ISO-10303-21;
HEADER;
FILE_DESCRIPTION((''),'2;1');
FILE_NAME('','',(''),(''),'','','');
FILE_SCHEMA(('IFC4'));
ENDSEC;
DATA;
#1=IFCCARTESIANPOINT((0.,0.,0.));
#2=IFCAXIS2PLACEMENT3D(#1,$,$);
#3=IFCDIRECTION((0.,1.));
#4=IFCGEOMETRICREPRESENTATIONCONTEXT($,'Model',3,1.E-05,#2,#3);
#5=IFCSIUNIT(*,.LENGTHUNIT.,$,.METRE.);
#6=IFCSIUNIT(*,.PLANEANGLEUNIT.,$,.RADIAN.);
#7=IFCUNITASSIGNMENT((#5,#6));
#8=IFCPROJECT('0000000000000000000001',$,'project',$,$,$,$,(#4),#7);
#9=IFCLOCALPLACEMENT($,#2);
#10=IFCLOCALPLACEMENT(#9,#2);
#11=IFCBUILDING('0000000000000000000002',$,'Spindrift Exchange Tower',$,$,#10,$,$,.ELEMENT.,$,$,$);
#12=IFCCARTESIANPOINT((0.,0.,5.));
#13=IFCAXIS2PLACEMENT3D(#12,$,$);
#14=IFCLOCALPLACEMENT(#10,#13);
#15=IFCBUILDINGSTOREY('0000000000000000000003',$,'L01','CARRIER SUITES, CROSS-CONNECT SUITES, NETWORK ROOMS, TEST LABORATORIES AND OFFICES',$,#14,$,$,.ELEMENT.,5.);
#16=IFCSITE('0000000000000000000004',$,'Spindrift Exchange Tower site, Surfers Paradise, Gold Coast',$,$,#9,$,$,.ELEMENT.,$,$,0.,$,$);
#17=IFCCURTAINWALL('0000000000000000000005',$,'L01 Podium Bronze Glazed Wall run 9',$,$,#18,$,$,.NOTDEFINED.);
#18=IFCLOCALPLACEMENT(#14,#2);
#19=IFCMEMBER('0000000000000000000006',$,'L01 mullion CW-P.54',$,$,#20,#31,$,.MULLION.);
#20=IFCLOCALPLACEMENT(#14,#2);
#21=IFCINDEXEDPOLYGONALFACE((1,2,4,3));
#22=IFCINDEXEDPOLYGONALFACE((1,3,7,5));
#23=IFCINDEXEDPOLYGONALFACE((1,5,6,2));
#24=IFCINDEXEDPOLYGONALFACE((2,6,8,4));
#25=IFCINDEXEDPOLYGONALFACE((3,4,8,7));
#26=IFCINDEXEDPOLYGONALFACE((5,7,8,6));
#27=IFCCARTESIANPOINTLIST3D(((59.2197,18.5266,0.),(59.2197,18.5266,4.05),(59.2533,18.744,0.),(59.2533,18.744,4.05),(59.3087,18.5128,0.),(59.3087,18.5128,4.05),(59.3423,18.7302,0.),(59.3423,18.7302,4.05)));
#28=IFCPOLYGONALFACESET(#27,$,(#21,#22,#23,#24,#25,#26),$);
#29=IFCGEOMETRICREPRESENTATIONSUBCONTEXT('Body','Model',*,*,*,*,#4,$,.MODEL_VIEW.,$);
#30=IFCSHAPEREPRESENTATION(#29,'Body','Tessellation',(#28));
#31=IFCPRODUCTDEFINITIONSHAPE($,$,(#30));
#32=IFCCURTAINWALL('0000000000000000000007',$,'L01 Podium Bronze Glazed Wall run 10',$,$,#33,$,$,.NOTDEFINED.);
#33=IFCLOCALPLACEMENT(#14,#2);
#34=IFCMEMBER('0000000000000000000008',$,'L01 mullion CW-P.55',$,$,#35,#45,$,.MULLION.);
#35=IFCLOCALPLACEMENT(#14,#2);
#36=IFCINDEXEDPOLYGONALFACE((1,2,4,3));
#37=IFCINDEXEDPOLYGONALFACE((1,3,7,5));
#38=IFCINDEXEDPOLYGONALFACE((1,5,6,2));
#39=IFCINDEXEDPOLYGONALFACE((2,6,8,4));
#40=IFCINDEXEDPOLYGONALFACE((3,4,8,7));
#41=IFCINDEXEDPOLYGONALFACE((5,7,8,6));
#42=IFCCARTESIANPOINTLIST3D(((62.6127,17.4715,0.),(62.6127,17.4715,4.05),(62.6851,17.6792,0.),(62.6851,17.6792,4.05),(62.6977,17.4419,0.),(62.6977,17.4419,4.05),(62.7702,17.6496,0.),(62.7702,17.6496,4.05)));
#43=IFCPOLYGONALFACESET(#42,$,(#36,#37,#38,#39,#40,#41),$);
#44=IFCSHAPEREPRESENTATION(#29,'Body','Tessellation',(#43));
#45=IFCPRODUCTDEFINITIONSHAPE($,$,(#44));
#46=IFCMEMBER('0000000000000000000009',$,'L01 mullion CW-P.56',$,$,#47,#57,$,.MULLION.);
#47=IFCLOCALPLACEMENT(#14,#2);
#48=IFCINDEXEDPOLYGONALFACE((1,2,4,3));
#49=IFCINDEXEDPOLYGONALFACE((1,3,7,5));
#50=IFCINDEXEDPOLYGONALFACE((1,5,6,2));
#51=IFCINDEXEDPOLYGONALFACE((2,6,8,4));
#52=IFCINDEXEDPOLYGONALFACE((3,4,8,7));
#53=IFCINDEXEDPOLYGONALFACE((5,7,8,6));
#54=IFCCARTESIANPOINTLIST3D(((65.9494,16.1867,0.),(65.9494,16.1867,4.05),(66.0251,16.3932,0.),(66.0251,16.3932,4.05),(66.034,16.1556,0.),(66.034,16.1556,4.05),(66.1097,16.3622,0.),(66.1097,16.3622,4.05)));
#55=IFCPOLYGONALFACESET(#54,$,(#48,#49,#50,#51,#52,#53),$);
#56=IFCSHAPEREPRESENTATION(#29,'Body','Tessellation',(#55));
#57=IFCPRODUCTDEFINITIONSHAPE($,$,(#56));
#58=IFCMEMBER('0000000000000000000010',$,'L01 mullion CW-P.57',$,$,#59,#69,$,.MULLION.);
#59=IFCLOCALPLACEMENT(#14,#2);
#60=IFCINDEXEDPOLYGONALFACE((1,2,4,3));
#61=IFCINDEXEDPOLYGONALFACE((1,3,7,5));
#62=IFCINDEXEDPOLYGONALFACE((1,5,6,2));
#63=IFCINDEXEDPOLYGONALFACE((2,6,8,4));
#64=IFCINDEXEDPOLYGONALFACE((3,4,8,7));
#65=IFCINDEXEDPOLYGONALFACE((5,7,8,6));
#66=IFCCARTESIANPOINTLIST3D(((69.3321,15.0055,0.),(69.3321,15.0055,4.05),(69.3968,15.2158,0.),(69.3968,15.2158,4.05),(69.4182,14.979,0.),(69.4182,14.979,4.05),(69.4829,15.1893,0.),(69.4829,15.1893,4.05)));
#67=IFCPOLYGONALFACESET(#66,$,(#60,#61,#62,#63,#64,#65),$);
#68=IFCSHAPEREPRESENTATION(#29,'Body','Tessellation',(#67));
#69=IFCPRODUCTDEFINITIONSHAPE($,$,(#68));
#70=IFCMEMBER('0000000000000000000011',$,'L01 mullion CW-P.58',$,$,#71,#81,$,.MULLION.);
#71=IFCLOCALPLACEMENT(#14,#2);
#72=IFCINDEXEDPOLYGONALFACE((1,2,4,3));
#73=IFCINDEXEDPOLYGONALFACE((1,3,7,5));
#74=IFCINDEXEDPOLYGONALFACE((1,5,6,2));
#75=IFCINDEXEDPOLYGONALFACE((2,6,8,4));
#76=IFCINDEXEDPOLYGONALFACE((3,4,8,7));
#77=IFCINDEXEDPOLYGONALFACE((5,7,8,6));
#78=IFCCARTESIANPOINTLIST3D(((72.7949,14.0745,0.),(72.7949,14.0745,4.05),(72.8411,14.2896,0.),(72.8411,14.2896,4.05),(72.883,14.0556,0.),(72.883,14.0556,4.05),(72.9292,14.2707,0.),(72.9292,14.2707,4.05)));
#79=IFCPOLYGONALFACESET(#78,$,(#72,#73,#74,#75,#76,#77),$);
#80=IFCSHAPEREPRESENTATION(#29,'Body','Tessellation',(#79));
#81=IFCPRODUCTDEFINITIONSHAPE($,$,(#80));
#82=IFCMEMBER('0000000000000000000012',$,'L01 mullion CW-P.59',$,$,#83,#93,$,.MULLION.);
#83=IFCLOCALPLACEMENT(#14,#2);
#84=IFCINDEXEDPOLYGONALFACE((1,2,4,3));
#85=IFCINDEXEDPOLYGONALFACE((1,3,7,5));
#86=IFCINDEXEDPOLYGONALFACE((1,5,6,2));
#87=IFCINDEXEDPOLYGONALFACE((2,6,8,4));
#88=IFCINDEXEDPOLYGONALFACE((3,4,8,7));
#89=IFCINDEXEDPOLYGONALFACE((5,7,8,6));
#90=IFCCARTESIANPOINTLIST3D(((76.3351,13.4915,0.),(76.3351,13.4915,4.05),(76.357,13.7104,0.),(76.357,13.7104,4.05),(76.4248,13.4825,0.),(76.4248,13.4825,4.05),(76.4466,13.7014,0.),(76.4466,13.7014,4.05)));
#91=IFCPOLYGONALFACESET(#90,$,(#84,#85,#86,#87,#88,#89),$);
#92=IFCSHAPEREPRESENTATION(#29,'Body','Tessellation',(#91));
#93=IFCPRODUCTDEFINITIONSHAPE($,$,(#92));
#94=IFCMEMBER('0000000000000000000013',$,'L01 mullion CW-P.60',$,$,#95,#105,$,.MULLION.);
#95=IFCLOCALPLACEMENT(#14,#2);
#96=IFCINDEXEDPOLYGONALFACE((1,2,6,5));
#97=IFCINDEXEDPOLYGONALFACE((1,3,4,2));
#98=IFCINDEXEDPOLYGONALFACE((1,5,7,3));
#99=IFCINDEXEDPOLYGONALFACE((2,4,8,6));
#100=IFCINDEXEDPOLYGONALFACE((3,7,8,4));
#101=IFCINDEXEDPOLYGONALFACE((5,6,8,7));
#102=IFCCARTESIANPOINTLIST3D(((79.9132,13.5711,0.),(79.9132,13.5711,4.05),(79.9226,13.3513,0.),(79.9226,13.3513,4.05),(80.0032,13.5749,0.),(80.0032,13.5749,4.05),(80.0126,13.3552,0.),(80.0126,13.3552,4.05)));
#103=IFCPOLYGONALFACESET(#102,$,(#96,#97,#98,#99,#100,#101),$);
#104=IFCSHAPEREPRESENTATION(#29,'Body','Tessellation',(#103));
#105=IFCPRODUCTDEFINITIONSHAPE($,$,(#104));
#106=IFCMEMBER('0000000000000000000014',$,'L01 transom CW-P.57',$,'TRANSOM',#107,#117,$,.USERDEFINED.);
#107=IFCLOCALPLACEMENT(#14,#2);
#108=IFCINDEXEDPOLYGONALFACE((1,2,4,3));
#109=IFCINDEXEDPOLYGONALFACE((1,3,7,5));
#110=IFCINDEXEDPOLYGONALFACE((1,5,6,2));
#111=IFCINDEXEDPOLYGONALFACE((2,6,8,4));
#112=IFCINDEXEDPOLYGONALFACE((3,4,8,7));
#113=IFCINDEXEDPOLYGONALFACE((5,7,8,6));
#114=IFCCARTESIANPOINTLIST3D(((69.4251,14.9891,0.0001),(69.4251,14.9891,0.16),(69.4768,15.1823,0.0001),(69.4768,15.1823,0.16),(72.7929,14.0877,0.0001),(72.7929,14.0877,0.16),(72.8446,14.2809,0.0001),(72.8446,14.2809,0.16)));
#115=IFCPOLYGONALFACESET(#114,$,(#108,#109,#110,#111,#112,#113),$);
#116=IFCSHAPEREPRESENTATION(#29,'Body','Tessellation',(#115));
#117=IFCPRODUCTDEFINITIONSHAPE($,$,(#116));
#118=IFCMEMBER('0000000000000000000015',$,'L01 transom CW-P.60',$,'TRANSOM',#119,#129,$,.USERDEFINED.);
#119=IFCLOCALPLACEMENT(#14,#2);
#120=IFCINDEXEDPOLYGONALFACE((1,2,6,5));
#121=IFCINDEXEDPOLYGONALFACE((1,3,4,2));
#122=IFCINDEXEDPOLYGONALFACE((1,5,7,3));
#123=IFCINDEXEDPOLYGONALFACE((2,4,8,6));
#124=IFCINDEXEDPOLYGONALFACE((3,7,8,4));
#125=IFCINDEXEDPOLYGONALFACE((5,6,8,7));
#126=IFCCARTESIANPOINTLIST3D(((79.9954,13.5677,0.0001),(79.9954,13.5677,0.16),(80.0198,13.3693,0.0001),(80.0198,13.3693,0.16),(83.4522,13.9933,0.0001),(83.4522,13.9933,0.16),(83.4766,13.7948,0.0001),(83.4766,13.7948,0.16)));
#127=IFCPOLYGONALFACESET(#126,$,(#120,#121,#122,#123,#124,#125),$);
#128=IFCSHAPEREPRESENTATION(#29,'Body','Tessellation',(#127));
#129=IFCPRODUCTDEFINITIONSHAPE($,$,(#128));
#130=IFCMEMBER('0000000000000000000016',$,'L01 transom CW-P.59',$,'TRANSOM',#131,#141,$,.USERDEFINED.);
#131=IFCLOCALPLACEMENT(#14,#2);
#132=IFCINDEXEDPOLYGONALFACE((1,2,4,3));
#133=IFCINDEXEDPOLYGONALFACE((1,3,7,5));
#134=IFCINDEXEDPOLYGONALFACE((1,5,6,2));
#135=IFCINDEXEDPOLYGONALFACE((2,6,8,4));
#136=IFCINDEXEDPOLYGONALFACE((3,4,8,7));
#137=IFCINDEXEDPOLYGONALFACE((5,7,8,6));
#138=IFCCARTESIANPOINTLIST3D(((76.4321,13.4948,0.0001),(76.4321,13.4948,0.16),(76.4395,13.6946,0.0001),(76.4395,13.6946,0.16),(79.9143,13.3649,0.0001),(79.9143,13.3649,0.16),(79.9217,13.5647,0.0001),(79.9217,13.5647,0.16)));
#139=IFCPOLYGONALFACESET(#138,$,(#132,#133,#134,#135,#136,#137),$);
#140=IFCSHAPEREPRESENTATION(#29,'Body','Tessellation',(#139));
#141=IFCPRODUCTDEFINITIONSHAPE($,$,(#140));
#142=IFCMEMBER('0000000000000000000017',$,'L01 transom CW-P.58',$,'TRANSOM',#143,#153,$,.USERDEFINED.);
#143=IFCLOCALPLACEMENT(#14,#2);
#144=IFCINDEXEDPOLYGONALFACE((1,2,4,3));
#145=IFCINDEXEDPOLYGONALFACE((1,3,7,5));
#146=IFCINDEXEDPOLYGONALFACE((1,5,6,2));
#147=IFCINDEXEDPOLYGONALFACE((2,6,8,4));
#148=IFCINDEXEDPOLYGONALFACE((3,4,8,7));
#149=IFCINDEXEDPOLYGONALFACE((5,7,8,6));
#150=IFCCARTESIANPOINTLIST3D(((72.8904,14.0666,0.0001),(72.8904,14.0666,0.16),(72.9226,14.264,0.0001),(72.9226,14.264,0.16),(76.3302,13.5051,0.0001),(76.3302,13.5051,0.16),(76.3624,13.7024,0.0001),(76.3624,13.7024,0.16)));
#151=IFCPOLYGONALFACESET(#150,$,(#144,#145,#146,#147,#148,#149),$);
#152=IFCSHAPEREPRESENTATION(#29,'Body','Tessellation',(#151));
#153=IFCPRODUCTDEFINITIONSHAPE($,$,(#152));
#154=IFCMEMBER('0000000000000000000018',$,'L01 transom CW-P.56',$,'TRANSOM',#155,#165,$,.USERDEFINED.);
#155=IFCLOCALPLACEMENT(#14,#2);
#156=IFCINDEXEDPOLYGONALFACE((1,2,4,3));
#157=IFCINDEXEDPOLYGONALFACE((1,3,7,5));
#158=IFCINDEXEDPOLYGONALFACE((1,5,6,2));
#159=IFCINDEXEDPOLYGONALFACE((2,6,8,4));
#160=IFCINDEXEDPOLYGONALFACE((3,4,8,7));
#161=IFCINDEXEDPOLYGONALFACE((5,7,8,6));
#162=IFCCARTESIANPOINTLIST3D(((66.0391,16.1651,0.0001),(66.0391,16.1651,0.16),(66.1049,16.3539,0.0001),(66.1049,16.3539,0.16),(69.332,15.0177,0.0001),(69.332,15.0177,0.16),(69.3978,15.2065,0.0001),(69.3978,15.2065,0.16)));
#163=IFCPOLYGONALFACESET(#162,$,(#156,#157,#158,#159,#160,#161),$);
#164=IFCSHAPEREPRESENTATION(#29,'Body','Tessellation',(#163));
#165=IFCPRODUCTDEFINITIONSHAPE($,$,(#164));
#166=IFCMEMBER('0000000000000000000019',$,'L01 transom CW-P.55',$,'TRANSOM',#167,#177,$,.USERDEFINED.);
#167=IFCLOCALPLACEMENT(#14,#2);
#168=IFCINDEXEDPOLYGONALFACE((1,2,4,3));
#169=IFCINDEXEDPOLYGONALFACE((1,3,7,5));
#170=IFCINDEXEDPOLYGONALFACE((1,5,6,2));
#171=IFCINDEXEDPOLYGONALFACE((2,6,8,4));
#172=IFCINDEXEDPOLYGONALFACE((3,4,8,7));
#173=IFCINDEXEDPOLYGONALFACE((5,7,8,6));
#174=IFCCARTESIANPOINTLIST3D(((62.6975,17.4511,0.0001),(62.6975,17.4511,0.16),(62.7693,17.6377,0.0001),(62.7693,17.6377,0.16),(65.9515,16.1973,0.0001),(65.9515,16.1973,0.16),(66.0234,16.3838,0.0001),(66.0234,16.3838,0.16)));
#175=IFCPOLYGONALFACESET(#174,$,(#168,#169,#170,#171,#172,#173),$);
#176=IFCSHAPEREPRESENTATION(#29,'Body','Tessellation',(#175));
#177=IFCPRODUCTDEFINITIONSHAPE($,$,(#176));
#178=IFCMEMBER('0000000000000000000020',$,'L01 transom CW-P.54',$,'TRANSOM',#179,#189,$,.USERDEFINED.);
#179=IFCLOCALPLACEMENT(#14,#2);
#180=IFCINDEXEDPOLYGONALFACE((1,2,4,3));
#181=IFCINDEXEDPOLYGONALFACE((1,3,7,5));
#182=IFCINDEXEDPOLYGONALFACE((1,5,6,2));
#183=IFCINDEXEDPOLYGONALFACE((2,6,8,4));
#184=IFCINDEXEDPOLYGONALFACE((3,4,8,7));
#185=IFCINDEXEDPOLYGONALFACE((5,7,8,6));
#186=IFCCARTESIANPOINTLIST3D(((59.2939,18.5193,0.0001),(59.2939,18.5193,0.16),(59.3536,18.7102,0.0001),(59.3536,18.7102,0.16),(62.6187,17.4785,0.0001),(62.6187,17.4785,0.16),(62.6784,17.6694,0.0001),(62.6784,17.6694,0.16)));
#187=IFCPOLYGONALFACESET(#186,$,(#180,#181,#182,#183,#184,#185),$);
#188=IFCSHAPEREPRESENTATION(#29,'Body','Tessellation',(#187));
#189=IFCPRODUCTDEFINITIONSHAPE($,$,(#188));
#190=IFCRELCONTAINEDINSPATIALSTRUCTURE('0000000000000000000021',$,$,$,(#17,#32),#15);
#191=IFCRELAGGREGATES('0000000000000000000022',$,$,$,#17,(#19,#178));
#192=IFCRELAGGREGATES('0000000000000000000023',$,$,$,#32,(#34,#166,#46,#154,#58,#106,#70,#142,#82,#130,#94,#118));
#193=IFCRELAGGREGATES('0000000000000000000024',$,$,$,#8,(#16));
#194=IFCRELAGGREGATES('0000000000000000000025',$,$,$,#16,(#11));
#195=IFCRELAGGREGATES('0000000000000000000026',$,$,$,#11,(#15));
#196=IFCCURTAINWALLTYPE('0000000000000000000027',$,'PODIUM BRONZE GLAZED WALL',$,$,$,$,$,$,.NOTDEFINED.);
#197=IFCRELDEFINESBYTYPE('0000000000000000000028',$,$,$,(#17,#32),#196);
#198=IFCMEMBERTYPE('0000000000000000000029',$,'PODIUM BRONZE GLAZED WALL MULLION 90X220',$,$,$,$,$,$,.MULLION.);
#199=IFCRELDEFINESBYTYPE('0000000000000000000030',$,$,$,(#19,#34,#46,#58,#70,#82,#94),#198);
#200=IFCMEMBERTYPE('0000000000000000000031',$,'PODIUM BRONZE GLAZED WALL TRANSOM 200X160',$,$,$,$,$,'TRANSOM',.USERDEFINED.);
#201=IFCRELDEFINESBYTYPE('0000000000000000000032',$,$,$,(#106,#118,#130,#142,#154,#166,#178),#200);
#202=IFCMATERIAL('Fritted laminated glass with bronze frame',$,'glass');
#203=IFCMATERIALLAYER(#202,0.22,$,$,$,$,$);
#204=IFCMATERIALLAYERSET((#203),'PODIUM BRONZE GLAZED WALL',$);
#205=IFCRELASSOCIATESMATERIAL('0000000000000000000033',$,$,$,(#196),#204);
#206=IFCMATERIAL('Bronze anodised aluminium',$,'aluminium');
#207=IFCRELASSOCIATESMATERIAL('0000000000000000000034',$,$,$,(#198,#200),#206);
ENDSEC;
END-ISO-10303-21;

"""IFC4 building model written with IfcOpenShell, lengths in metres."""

from ifc_helpers import new_model, si_unit, direction, frame, origin, origin_2d, place, context, subcontext, project, spatial, rectangle, extrude, source, transform, mapped, material, layer, layer_set, material_profile, profile_set, type_object, element, aggregate, save


model = new_model("IFC4")

# Units and contexts
model_context = context("Model", 3, precision=1e-05, world=origin(), true_north=direction((0.0, 1.0)))
body_context = subcontext(model_context, "Body", "Model", "MODEL_VIEW")
ifc_project = project(units=[si_unit("LENGTHUNIT", "METRE"), si_unit("PLANEANGLEUNIT", "RADIAN")], contexts=[model_context])

# Site, building, storey
site_placement = place(None, origin())
site = spatial("IfcSite", under=ifc_project, at=site_placement, Name="Spindrift Exchange Tower site, Surfers Paradise, Gold Coast", CompositionType="ELEMENT", RefElevation=0.0)
building_placement = place(site_placement, origin())
building = spatial("IfcBuilding", under=site, at=building_placement, Name="Spindrift Exchange Tower", CompositionType="ELEMENT")
storey_placement = place(building_placement, frame((0.0, 0.0, 5.0)))
storey = spatial("IfcBuildingStorey", under=building, at=storey_placement, Name="L01", Description="CARRIER SUITES, CROSS-CONNECT SUITES, NETWORK ROOMS, TEST LABORATORIES AND OFFICES", CompositionType="ELEMENT", Elevation=5.0)

# Curtain wall, member
ifc_material_1 = material(Name="Fritted laminated glass with bronze frame", Category="glass")
ifc_layer_1 = layer(ifc_material_1, 0.22)
ifc_layer_set_1 = layer_set([ifc_layer_1], Name="PODIUM BRONZE GLAZED WALL")
curtain_wall_type = type_object("IfcCurtainWallType", Name="PODIUM BRONZE GLAZED WALL", PredefinedType="NOTDEFINED", material=ifc_layer_set_1)
curtain_wall_1_placement = place(storey_placement, origin())
curtain_wall_1 = element("IfcCurtainWall", 1, at=curtain_wall_1_placement, inside=storey, type_object=curtain_wall_type, Name="L01 Podium Bronze Glazed Wall run 9", PredefinedType="NOTDEFINED")
ifc_material_2 = material(Name="Bronze anodised aluminium", Category="aluminium")
ifc_material_profile_1 = material_profile(ifc_material_2, rectangle(XDim=0.0901, YDim=0.22, at=origin_2d()), Name="PODIUM BRONZE GLAZED WALL MULLION 90X220")
ifc_profile_set_1 = profile_set([ifc_material_profile_1], Name="Bronze anodised aluminium")
member_type_1 = type_object("IfcMemberType", Name="PODIUM BRONZE GLAZED WALL MULLION 90X220", PredefinedType="MULLION", material=ifc_profile_set_1)
shared_shape_1 = source(origin(), body_context, "Body", "SweptSolid", [
    extrude(rectangle(XDim=0.0901, YDim=0.22, at=origin_2d()), origin(), (0.0, 0.0, 1.0), 4.05),
])
member_1_placement = place(storey_placement, frame((59.281, 18.6284, 0.0), z_axis=(0.0, 0.0, 1.0), x_axis=(0.988272, -0.152704, 0.0)))
member_1 = element("IfcMember", 2, at=member_1_placement, type_object=member_type_1, Name="L01 mullion CW-P.54", PredefinedType="MULLION", context=body_context, shape_type="MappedRepresentation", body=[
    mapped(shared_shape_1, transform((0.0, 0.0, 0.0), scale=1.0)),
])

# Curtain wall, members
curtain_wall_2_placement = place(storey_placement, origin())
curtain_wall_2 = element("IfcCurtainWall", 3, at=curtain_wall_2_placement, inside=storey, type_object=curtain_wall_type, Name="L01 Podium Bronze Glazed Wall run 10", PredefinedType="NOTDEFINED")
member_2_placement = place(storey_placement, frame((62.6914, 17.5605, 0.0), z_axis=(0.0, 0.0, 1.0), x_axis=(0.944215, -0.329331, 0.0)))
member_2 = element("IfcMember", 4, at=member_2_placement, type_object=member_type_1, Name="L01 mullion CW-P.55", PredefinedType="MULLION", context=body_context, shape_type="MappedRepresentation", body=[
    mapped(shared_shape_1, transform((0.0, 0.0, 0.0), scale=1.0)),
])
member_3_placement = place(storey_placement, frame((66.0295, 16.2744, 0.0), z_axis=(0.0, 0.0, 1.0), x_axis=(0.938844, -0.344343, 0.0)))
member_3 = element("IfcMember", 5, at=member_3_placement, type_object=member_type_1, Name="L01 mullion CW-P.56", PredefinedType="MULLION", context=body_context, shape_type="MappedRepresentation", body=[
    mapped(shared_shape_1, transform((0.0, 0.0, 0.0), scale=1.0)),
])
member_4_placement = place(storey_placement, frame((69.4075, 15.0974, 0.0), z_axis=(0.0, 0.0, 1.0), x_axis=(0.955804, -0.294005, 0.0)))
member_4 = element("IfcMember", 6, at=member_4_placement, type_object=member_type_1, Name="L01 mullion CW-P.57", PredefinedType="MULLION", context=body_context, shape_type="MappedRepresentation", body=[
    mapped(shared_shape_1, transform((0.0, 0.0, 0.0), scale=1.0)),
])
member_5_placement = place(storey_placement, frame((72.8621, 14.1726, 0.0), z_axis=(0.0, 0.0, 1.0), x_axis=(0.977679, -0.210106, 0.0)))
member_5 = element("IfcMember", 7, at=member_5_placement, type_object=member_type_1, Name="L01 mullion CW-P.58", PredefinedType="MULLION", context=body_context, shape_type="MappedRepresentation", body=[
    mapped(shared_shape_1, transform((0.0, 0.0, 0.0), scale=1.0)),
])
member_6_placement = place(storey_placement, frame((76.3909, 13.5964, 0.0), z_axis=(0.0, 0.0, 1.0), x_axis=(0.995046, -0.099416, 0.0)))
member_6 = element("IfcMember", 8, at=member_6_placement, type_object=member_type_1, Name="L01 mullion CW-P.59", PredefinedType="MULLION", context=body_context, shape_type="MappedRepresentation", body=[
    mapped(shared_shape_1, transform((0.0, 0.0, 0.0), scale=1.0)),
])
member_7_placement = place(storey_placement, frame((79.9629, 13.4631, 0.0), z_axis=(0.0, 0.0, 1.0), x_axis=(0.999094, 0.042563, 0.0)))
member_7 = element("IfcMember", 9, at=member_7_placement, type_object=member_type_1, Name="L01 mullion CW-P.60", PredefinedType="MULLION", context=body_context, shape_type="MappedRepresentation", body=[
    mapped(shared_shape_1, transform((0.0, 0.0, 0.0), scale=1.0)),
])
ifc_material_profile_2 = material_profile(ifc_material_2, rectangle(XDim=0.2, YDim=0.1599, at=origin_2d()), Name="PODIUM BRONZE GLAZED WALL TRANSOM 200X160")
ifc_profile_set_2 = profile_set([ifc_material_profile_2], Name="Bronze anodised aluminium")
member_type_2 = type_object("IfcMemberType", Name="PODIUM BRONZE GLAZED WALL TRANSOM 200X160", ElementType="TRANSOM", PredefinedType="USERDEFINED", material=ifc_profile_set_2)
shared_shape_2 = source(origin(), body_context, "Body", "SweptSolid", [
    extrude(rectangle(XDim=0.2, YDim=0.1599, at=origin_2d()), origin(), (0.0, 0.0, 1.0), 3.4863),
])
member_8_placement = place(storey_placement, frame((69.4509, 15.0857, 0.0801), z_axis=(0.965997, -0.258552, 0.0), x_axis=(0.258552, 0.965997, 0.0)))
member_8 = element("IfcMember", 10, at=member_8_placement, type_object=member_type_2, Name="L01 transom CW-P.57", ObjectType="TRANSOM", PredefinedType="USERDEFINED", context=body_context, shape_type="MappedRepresentation", body=[
    mapped(shared_shape_2, transform((0.0, 0.0, 0.0), scale=1.0)),
])
shared_shape_3 = source(origin(), body_context, "Body", "SweptSolid", [
    extrude(rectangle(XDim=0.2, YDim=0.1599, at=origin_2d()), origin(), (0.0, 0.0, 1.0), 3.4829),
])
member_9_placement = place(storey_placement, frame((80.0076, 13.4685, 0.0801), z_axis=(0.992508, 0.12218, 0.0), x_axis=(-0.12218, 0.992508, 0.0)))
member_9 = element("IfcMember", 11, at=member_9_placement, type_object=member_type_2, Name="L01 transom CW-P.60", ObjectType="TRANSOM", PredefinedType="USERDEFINED", context=body_context, shape_type="MappedRepresentation", body=[
    mapped(shared_shape_3, transform((0.0, 0.0, 0.0), scale=1.0)),
])
shared_shape_4 = source(origin(), body_context, "Body", "SweptSolid", [
    extrude(rectangle(XDim=0.2, YDim=0.1599, at=origin_2d()), origin(), (0.0, 0.0, 1.0), 3.4846),
])
member_10_placement = place(storey_placement, frame((76.4358, 13.5947, 0.0801), z_axis=(0.999305, -0.037273, 0.0), x_axis=(0.037273, 0.999305, 0.0)))
member_10 = element("IfcMember", 12, at=member_10_placement, type_object=member_type_2, Name="L01 transom CW-P.59", ObjectType="TRANSOM", PredefinedType="USERDEFINED", context=body_context, shape_type="MappedRepresentation", body=[
    mapped(shared_shape_4, transform((0.0, 0.0, 0.0), scale=1.0)),
])
shared_shape_5 = source(origin(), body_context, "Body", "SweptSolid", [
    extrude(rectangle(XDim=0.2, YDim=0.1599, at=origin_2d()), origin(), (0.0, 0.0, 1.0), 3.4854),
])
member_11_placement = place(storey_placement, frame((72.9065, 14.1653, 0.0801), z_axis=(0.986937, -0.161104, 0.0), x_axis=(0.161104, 0.986937, 0.0)))
member_11 = element("IfcMember", 13, at=member_11_placement, type_object=member_type_2, Name="L01 transom CW-P.58", ObjectType="TRANSOM", PredefinedType="USERDEFINED", context=body_context, shape_type="MappedRepresentation", body=[
    mapped(shared_shape_5, transform((0.0, 0.0, 0.0), scale=1.0)),
])
shared_shape_6 = source(origin(), body_context, "Body", "SweptSolid", [
    extrude(rectangle(XDim=0.2, YDim=0.1599, at=origin_2d()), origin(), (0.0, 0.0, 1.0), 3.4871),
])
member_12_placement = place(storey_placement, frame((66.072, 16.2595, 0.0801), z_axis=(0.944312, -0.329053, 0.0), x_axis=(0.329053, 0.944312, 0.0)))
member_12 = element("IfcMember", 14, at=member_12_placement, type_object=member_type_2, Name="L01 transom CW-P.56", ObjectType="TRANSOM", PredefinedType="USERDEFINED", context=body_context, shape_type="MappedRepresentation", body=[
    mapped(shared_shape_6, transform((0.0, 0.0, 0.0), scale=1.0)),
])
shared_shape_7 = source(origin(), body_context, "Body", "SweptSolid", [
    extrude(rectangle(XDim=0.2, YDim=0.1599, at=origin_2d()), origin(), (0.0, 0.0, 1.0), 3.4873),
])
member_13_placement = place(storey_placement, frame((62.7334, 17.5444, 0.0801), z_axis=(0.933123, -0.359556, 0.0), x_axis=(0.359556, 0.933123, 0.0)))
member_13 = element("IfcMember", 15, at=member_13_placement, type_object=member_type_2, Name="L01 transom CW-P.55", ObjectType="TRANSOM", PredefinedType="USERDEFINED", context=body_context, shape_type="MappedRepresentation", body=[
    mapped(shared_shape_7, transform((0.0, 0.0, 0.0), scale=1.0)),
])

# Member
shared_shape_8 = source(origin(), body_context, "Body", "SweptSolid", [
    extrude(rectangle(XDim=0.2, YDim=0.1599, at=origin_2d()), origin(), (0.0, 0.0, 1.0), 3.4839),
])
member_14_placement = place(storey_placement, frame((59.3237, 18.6147, 0.0801), z_axis=(0.954333, -0.298746, 0.0), x_axis=(0.298746, 0.954333, 0.0)))
member_14 = element("IfcMember", 16, at=member_14_placement, type_object=member_type_2, Name="L01 transom CW-P.54", ObjectType="TRANSOM", PredefinedType="USERDEFINED", context=body_context, shape_type="MappedRepresentation", body=[
    mapped(shared_shape_8, transform((0.0, 0.0, 0.0), scale=1.0)),
])

aggregate(curtain_wall_1, [member_1, member_14])
aggregate(curtain_wall_2, [member_2, member_13, member_3, member_12, member_4, member_8, member_5, member_11, member_6, member_10, member_7, member_9])

save(model, "model.ifc")
